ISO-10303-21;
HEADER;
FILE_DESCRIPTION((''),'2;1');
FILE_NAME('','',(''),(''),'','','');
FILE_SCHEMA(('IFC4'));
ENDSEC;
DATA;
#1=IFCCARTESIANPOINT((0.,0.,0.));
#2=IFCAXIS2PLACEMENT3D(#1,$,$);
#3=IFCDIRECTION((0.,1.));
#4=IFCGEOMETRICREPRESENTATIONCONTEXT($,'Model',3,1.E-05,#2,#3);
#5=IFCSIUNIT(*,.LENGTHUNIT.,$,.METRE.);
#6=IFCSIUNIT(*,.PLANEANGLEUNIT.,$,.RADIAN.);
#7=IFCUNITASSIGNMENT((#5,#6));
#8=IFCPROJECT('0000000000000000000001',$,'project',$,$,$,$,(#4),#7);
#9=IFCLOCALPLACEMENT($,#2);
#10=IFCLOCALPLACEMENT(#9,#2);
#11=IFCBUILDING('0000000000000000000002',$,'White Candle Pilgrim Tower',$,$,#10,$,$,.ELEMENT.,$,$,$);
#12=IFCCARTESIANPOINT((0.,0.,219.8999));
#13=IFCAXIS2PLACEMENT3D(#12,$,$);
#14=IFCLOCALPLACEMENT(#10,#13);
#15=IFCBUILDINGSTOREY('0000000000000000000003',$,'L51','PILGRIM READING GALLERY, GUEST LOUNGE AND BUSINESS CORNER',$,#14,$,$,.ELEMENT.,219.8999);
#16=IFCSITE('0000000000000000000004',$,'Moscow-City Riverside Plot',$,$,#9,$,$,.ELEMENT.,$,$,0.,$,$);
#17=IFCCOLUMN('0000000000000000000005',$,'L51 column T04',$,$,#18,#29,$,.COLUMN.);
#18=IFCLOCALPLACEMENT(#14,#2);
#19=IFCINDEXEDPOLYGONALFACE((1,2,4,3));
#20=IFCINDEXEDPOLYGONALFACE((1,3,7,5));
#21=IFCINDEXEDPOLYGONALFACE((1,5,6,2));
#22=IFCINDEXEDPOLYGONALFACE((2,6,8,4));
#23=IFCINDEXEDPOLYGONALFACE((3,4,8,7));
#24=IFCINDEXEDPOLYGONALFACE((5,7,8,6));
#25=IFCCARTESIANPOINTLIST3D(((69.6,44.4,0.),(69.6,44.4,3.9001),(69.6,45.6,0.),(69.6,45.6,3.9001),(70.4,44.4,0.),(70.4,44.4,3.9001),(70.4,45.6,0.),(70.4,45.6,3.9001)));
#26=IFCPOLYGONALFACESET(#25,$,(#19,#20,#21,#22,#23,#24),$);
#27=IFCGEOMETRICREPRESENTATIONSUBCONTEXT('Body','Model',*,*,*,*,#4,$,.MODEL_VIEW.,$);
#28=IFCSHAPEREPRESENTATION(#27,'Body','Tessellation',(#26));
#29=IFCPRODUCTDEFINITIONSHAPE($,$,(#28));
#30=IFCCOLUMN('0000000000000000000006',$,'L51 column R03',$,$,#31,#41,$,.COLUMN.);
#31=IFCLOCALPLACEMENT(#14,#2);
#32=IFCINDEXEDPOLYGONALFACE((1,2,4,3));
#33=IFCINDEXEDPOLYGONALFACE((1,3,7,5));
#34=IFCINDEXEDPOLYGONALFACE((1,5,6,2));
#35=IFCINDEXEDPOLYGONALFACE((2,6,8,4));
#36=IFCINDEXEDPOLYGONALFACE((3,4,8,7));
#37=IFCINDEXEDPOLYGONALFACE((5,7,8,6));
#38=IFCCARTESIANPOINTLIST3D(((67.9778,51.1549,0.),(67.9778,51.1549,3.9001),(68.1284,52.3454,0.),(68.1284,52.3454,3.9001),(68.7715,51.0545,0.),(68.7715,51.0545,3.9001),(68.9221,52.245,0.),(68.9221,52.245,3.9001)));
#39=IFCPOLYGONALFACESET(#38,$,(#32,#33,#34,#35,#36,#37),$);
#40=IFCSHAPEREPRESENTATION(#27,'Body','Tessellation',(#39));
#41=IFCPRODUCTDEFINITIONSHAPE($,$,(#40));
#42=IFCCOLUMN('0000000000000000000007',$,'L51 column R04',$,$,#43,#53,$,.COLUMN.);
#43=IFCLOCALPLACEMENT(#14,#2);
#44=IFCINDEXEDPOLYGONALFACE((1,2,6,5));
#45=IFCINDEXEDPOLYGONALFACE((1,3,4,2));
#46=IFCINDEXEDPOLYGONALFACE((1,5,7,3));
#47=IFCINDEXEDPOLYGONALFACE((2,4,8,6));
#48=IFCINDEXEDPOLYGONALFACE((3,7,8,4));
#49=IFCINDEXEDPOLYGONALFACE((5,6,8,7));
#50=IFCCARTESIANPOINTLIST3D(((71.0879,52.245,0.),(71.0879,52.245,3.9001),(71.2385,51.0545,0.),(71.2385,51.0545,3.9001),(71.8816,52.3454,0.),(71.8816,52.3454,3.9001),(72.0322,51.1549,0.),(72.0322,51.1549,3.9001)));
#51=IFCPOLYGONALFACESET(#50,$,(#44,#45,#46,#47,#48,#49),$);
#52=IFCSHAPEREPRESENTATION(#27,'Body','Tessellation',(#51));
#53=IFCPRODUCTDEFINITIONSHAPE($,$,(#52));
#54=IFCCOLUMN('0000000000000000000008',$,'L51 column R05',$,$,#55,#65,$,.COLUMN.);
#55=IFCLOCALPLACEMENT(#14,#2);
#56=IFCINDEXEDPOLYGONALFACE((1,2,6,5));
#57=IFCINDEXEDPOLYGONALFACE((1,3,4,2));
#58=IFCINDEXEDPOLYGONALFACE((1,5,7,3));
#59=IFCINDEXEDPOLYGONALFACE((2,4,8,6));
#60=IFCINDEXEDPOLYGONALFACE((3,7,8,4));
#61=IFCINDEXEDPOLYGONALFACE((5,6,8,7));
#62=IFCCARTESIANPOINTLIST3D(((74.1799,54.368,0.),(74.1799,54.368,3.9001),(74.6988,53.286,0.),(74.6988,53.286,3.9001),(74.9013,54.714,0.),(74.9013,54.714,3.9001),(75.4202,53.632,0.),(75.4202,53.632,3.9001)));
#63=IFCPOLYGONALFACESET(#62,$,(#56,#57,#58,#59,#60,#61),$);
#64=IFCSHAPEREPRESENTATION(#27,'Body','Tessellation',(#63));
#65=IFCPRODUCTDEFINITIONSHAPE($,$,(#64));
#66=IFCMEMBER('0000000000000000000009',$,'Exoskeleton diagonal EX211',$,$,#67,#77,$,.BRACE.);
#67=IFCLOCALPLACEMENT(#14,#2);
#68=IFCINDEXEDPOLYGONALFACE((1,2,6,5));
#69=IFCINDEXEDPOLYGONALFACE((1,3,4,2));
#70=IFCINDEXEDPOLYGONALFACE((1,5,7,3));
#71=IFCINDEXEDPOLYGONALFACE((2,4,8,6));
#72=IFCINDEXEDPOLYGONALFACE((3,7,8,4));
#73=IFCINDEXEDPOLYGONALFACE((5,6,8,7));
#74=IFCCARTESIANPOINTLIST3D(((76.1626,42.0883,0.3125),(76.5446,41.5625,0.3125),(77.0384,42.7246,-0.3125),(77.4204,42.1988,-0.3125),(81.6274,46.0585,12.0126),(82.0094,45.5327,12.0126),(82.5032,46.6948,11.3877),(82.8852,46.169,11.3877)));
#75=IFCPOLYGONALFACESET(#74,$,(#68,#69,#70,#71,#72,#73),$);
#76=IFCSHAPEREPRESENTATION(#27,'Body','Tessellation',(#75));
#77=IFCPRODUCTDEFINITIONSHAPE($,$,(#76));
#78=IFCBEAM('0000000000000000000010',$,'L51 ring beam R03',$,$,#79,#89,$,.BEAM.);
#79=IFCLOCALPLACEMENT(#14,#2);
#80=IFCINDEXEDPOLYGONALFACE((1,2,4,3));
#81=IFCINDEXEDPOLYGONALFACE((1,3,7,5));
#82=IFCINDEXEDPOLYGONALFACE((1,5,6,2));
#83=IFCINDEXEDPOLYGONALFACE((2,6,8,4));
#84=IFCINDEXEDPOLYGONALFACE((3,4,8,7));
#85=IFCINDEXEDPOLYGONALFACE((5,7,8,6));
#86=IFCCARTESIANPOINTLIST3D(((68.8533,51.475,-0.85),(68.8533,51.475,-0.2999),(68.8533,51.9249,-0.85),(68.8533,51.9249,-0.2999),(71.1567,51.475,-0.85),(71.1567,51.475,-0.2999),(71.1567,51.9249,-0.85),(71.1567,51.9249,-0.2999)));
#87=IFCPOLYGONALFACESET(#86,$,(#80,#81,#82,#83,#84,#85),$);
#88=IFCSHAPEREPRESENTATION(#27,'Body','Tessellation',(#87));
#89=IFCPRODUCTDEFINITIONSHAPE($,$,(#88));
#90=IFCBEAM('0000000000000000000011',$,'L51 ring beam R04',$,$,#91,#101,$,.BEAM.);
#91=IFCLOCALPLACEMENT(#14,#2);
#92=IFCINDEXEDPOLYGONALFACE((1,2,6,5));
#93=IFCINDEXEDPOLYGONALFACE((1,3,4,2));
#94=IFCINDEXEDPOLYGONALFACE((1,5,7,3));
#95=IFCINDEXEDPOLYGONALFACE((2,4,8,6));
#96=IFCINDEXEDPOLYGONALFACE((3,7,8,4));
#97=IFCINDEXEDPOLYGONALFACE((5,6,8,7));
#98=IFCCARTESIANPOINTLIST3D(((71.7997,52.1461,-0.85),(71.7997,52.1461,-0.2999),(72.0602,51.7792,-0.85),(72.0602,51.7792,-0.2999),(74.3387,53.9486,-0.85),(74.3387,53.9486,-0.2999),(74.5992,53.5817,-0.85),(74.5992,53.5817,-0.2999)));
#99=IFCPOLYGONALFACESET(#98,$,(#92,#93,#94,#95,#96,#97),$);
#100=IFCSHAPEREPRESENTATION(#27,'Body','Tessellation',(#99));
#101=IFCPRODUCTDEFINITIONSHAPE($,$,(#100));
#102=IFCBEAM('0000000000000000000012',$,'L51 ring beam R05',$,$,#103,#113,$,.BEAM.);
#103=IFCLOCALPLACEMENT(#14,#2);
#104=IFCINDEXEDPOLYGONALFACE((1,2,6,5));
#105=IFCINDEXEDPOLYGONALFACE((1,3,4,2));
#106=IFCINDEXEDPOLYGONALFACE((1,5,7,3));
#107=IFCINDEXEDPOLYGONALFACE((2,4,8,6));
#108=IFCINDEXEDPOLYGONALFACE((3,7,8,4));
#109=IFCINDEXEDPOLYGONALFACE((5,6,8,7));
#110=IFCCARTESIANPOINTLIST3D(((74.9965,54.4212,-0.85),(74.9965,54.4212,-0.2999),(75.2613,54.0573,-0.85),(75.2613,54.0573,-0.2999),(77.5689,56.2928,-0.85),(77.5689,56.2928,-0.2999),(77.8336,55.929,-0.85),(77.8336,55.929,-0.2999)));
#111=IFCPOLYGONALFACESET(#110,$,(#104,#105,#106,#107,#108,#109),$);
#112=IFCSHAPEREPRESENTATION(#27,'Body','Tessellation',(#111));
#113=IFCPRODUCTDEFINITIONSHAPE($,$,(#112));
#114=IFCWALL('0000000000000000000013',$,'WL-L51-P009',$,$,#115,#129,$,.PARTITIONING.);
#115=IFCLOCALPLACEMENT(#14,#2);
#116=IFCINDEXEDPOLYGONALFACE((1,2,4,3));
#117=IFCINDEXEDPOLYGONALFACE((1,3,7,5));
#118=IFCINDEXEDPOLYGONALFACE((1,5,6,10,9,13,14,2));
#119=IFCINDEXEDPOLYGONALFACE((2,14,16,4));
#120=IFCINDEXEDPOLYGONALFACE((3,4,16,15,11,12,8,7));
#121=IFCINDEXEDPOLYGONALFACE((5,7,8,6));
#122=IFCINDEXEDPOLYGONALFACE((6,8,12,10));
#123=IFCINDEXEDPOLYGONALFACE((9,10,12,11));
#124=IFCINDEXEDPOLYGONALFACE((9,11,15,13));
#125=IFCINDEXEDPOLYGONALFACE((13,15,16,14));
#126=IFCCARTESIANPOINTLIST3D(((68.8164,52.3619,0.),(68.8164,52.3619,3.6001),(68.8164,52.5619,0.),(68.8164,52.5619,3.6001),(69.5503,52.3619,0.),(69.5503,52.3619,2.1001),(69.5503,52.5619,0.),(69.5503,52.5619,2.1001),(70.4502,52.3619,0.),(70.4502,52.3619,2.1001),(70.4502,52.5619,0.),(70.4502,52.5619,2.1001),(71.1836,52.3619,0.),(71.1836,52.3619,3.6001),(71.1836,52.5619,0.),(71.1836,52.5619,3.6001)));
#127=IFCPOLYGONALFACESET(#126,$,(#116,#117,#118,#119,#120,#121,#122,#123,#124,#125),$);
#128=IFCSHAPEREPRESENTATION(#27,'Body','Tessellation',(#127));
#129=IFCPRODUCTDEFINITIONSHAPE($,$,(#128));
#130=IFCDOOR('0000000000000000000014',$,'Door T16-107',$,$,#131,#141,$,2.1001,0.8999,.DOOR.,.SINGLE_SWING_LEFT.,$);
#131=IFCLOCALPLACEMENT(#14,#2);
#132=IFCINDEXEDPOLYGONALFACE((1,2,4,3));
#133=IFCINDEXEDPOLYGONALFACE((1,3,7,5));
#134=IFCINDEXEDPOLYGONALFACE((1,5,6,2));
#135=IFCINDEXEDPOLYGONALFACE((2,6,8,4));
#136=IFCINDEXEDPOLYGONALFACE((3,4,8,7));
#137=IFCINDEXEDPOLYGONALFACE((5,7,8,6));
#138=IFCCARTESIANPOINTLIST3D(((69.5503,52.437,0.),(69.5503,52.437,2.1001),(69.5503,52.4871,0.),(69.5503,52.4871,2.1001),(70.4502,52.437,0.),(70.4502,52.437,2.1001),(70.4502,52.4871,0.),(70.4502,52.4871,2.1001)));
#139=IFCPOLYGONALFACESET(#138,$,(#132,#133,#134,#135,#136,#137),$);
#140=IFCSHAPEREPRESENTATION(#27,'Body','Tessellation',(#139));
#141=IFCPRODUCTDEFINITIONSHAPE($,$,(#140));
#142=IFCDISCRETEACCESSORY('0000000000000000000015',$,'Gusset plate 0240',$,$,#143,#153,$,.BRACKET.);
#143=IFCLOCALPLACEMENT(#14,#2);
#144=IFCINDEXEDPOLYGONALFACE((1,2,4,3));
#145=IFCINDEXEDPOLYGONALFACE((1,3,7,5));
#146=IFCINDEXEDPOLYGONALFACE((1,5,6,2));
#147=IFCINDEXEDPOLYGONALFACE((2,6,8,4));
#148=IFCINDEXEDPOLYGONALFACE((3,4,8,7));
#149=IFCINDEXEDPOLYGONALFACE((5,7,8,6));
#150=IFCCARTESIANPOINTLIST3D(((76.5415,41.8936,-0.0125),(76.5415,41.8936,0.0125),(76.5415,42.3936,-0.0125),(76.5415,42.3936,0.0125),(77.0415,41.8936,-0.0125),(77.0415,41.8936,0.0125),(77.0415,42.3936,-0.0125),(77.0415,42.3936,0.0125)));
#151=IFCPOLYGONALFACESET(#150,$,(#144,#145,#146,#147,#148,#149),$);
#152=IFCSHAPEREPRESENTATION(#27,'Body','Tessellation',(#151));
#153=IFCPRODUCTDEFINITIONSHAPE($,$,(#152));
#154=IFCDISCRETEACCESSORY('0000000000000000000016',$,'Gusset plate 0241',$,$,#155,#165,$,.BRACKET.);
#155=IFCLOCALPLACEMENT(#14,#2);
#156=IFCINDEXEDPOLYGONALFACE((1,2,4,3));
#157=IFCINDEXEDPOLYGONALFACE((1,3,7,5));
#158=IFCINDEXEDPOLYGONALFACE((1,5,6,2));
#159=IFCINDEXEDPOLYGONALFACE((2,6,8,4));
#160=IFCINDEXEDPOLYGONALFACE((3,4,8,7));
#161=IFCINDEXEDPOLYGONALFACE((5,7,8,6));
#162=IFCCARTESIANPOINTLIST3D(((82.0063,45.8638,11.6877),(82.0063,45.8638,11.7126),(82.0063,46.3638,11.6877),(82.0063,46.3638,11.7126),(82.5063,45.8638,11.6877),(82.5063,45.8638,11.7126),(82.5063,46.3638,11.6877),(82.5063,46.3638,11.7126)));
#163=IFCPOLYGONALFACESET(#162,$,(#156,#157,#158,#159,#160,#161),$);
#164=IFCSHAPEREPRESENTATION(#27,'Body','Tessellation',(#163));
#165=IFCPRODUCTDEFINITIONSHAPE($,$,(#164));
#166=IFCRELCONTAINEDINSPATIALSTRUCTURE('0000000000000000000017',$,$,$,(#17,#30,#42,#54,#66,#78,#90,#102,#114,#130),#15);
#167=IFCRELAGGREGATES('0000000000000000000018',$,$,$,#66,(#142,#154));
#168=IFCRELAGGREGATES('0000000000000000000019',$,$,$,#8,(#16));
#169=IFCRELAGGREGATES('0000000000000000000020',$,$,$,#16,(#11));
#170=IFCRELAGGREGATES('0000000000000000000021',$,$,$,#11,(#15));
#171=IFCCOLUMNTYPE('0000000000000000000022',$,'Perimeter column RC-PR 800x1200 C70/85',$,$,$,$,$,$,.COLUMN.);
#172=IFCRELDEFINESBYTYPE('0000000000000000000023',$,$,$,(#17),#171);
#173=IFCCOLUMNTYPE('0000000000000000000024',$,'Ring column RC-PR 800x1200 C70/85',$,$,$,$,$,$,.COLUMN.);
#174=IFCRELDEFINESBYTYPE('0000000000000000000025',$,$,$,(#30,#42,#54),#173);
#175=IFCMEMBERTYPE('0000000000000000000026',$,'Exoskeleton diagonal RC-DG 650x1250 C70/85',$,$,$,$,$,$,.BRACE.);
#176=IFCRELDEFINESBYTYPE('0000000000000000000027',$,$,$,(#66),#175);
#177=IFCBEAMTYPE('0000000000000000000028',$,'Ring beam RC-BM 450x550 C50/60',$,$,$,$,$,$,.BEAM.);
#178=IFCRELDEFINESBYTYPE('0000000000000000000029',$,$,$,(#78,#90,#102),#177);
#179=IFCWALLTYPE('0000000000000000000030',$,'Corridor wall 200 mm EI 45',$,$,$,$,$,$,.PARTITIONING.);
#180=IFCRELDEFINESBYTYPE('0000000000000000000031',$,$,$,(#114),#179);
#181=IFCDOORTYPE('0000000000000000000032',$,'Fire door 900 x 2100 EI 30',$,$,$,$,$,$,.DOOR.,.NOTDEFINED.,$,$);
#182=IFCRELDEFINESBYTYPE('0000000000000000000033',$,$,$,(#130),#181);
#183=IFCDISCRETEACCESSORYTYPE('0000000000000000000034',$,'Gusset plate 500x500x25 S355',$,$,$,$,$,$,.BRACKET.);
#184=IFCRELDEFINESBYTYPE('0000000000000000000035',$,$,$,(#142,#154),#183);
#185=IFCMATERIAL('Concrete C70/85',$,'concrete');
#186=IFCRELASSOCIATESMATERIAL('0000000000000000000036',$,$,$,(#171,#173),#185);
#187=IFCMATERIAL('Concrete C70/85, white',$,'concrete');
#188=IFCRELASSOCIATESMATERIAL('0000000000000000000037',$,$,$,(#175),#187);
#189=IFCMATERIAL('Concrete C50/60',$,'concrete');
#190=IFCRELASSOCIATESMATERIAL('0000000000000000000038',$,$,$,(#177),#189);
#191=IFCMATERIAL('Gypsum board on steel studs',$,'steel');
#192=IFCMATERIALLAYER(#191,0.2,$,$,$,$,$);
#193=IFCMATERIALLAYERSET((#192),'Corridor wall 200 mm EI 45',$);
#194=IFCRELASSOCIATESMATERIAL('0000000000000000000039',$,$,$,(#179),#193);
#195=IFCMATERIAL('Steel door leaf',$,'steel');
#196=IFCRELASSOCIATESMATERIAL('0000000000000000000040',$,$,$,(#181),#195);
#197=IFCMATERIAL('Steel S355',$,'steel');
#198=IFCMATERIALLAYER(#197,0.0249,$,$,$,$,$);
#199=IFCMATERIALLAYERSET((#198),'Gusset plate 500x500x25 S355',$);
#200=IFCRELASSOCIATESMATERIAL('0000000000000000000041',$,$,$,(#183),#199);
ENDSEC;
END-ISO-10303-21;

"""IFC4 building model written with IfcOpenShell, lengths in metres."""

from ifc_helpers import new_model, si_unit, direction, frame, frame_2d, origin, origin_2d, place, context, subcontext, project, spatial, rectangle, extrude, material, layer, layer_set, material_profile, profile_set, type_object, element, fill, aggregate, save


model = new_model("IFC4")

# Units and contexts
model_context = context("Model", 3, precision=1e-05, world=origin(), true_north=direction((0.0, 1.0)))
body_context = subcontext(model_context, "Body", "Model", "MODEL_VIEW")
ifc_project = project(units=[si_unit("LENGTHUNIT", "METRE"), si_unit("PLANEANGLEUNIT", "RADIAN")], contexts=[model_context])

# Site, building, storey
site_placement = place(None, origin())
site = spatial("IfcSite", under=ifc_project, at=site_placement, Name="Moscow-City Riverside Plot", CompositionType="ELEMENT", RefElevation=0.0)
building_placement = place(site_placement, origin())
building = spatial("IfcBuilding", under=site, at=building_placement, Name="White Candle Pilgrim Tower", CompositionType="ELEMENT")
storey_placement = place(building_placement, frame((0.0, 0.0, 219.8999)))
storey = spatial("IfcBuildingStorey", under=building, at=storey_placement, Name="L51", Description="PILGRIM READING GALLERY, GUEST LOUNGE AND BUSINESS CORNER", CompositionType="ELEMENT", Elevation=219.8999)

# Columns
ifc_material_1 = material(Name="Concrete C70/85", Category="concrete")
ifc_material_profile_1 = material_profile(ifc_material_1, rectangle(XDim=0.8, YDim=1.2, at=origin_2d()), Name="RC-PR 800x1200")
ifc_profile_set_1 = profile_set([ifc_material_profile_1], Name="Concrete C70/85")
column_type_1 = type_object("IfcColumnType", Name="Perimeter column RC-PR 800x1200 C70/85", PredefinedType="COLUMN", material=ifc_profile_set_1)
column_placement = place(storey_placement, frame((70.0, 45.0, 0.0), z_axis=(0.0, 0.0, 1.0), x_axis=(-1.0, 0.0, 0.0)))
element("IfcColumn", 1, at=column_placement, inside=storey, type_object=column_type_1, Name="L51 column T04", PredefinedType="COLUMN", context=body_context, shape_type="SweptSolid", body=[
    extrude(rectangle(XDim=0.8, YDim=1.2, at=origin_2d()), origin(), (0.0, 0.0, 1.0), 3.9001),
])
ifc_material_profile_2 = material_profile(ifc_material_1, rectangle(XDim=0.8, YDim=1.2, at=origin_2d()), Name="RC-PR 800x1200")
ifc_profile_set_2 = profile_set([ifc_material_profile_2], Name="Concrete C70/85")
column_type_2 = type_object("IfcColumnType", Name="Ring column RC-PR 800x1200 C70/85", PredefinedType="COLUMN", material=ifc_profile_set_2)
for number, where, z_axis, x_axis, name in (
    (2, (68.45, 51.7, 0.0), (0.0, 0.0, 1.0), (-0.992093, 0.125506, 0.0), "L51 column R03"),
    (3, (71.5601, 51.7, 0.0), (0.0, 0.0, 1.0), (-0.992093, -0.125506, 0.0), "L51 column R04"),
    (4, (74.8, 54.0, 0.0), (0.0, 0.0, 1.0), (-0.901689, -0.432385, 0.0), "L51 column R05"),
):
    element("IfcColumn", number, at=place(storey_placement, frame(where, z_axis=z_axis, x_axis=x_axis)), inside=storey, type_object=column_type_2, Name=name, PredefinedType="COLUMN", context=body_context, shape_type="SweptSolid", body=[
        extrude(rectangle(XDim=0.8, YDim=1.2, at=origin_2d()), origin(), (0.0, 0.0, 1.0), 3.9001),
    ])

# Member
ifc_material_2 = material(Name="Concrete C70/85, white", Category="concrete")
ifc_material_profile_3 = material_profile(ifc_material_2, rectangle(XDim=0.6499, YDim=1.25, at=origin_2d()), Name="RC-DG 650x1250")
ifc_profile_set_3 = profile_set([ifc_material_profile_3], Name="Concrete C70/85, white")
member_type = type_object("IfcMemberType", Name="Exoskeleton diagonal RC-DG 650x1250 C70/85", PredefinedType="BRACE", material=ifc_profile_set_3)
member_placement = place(storey_placement, frame((76.7915, 42.1436, 0.0), z_axis=(0.404502, 0.293871, 0.866036), x_axis=(-0.587763, 0.809033, 0.0)))
member = element("IfcMember", 5, at=member_placement, inside=storey, type_object=member_type, Name="Exoskeleton diagonal EX211", PredefinedType="BRACE", context=body_context, shape_type="SweptSolid", body=[
    extrude(rectangle(XDim=0.6499, YDim=1.25, at=origin_2d()), origin(), (0.0, 0.0, 1.0), 13.51),
])

# Beams
ifc_material_3 = material(Name="Concrete C50/60", Category="concrete")
ifc_material_profile_4 = material_profile(ifc_material_3, rectangle(XDim=0.45, YDim=0.55, at=origin_2d()), Name="RC-BM 450x550")
ifc_profile_set_4 = profile_set([ifc_material_profile_4], Name="Concrete C50/60")
beam_type = type_object("IfcBeamType", Name="Ring beam RC-BM 450x550 C50/60", PredefinedType="BEAM", material=ifc_profile_set_4)
beam_1_placement = place(storey_placement, frame((68.8533, 51.7, -0.575), z_axis=(1.0, 0.0, 0.0), x_axis=(0.0, 1.0, 0.0)))
element("IfcBeam", 6, at=beam_1_placement, inside=storey, type_object=beam_type, Name="L51 ring beam R03", PredefinedType="BEAM", context=body_context, shape_type="SweptSolid", body=[
    extrude(rectangle(XDim=0.45, YDim=0.55, at=origin_2d()), origin(), (0.0, 0.0, 1.0), 2.3035),
])
beam_2_placement = place(storey_placement, frame((71.9299, 51.9626, -0.575), z_axis=(0.81542, 0.57887, 0.0), x_axis=(-0.57887, 0.81542, 0.0)))
element("IfcBeam", 7, at=beam_2_placement, inside=storey, type_object=beam_type, Name="L51 ring beam R04", PredefinedType="BEAM", context=body_context, shape_type="SweptSolid", body=[
    extrude(rectangle(XDim=0.45, YDim=0.55, at=origin_2d()), origin(), (0.0, 0.0, 1.0), 3.1138),
])
beam_3_placement = place(storey_placement, frame((75.1289, 54.2393, -0.575), z_axis=(0.80861, 0.588345, 0.0), x_axis=(-0.588345, 0.80861, 0.0)))
element("IfcBeam", 8, at=beam_3_placement, inside=storey, type_object=beam_type, Name="L51 ring beam R05", PredefinedType="BEAM", context=body_context, shape_type="SweptSolid", body=[
    extrude(rectangle(XDim=0.45, YDim=0.55, at=origin_2d()), origin(), (0.0, 0.0, 1.0), 3.1812),
])

# Wall, opening, door
ifc_material_4 = material(Name="Gypsum board on steel studs", Category="steel")
ifc_layer_1 = layer(ifc_material_4, 0.2)
ifc_layer_set_1 = layer_set([ifc_layer_1], Name="Corridor wall 200 mm EI 45")
wall_type_1 = type_object("IfcWallType", Name="Corridor wall 200 mm EI 45", PredefinedType="PARTITIONING", material=ifc_layer_set_1)
wall_1_placement = place(storey_placement, frame((71.1836, 52.4619, 0.0), z_axis=(0.0, 0.0, 1.0), x_axis=(-1.0, 0.0, 0.0)))
wall_1 = element("IfcWall", 9, at=wall_1_placement, inside=storey, type_object=wall_type_1, Name="WL-L51-P009", PredefinedType="PARTITIONING", context=body_context, shape_type="SweptSolid", body=[
    extrude(rectangle(XDim=2.3672, YDim=0.2, at=frame_2d((1.1836, 0.0))), origin(), (0.0, 0.0, 1.0), 3.6001),
])
opening_1_placement = place(wall_1_placement, frame((0.7334, 0.0, 0.0)))
opening_1 = element("IfcOpeningElement", 10, at=opening_1_placement, cuts=wall_1, PredefinedType="OPENING", context=body_context, shape_type="SweptSolid", body=[
    extrude(rectangle(XDim=0.8999, YDim=2.1001, at=frame_2d((0.45, 1.05))), frame((0.0, 0.1099, 0.0), z_axis=(0.0, -1.0, 0.0), x_axis=(1.0, 0.0, 0.0)), (0.0, 0.0, 1.0), 0.22),
])
ifc_material_5 = material(Name="Steel door leaf", Category="steel")
door_type = type_object("IfcDoorType", Name="Fire door 900 x 2100 EI 30", OperationType="NOTDEFINED", PredefinedType="DOOR", material=ifc_material_5)
door_1_placement = place(opening_1_placement, origin())
door_1 = element("IfcDoor", 11, at=door_1_placement, inside=storey, type_object=door_type, Name="Door T16-107", OperationType="SINGLE_SWING_LEFT", OverallHeight=2.1001, OverallWidth=0.8999, PredefinedType="DOOR", context=body_context, shape_type="SweptSolid", body=[
    extrude(rectangle(XDim=0.8999, YDim=2.1001, at=frame_2d((0.45, 1.05))), frame((0.0, 0.0249, 0.0), z_axis=(0.0, -1.0, 0.0), x_axis=(1.0, 0.0, 0.0)), (0.0, 0.0, 1.0), 0.05),
])
fill(opening_1, door_1)

# Discrete accessories
ifc_material_6 = material(Name="Steel S355", Category="steel")
ifc_layer_2 = layer(ifc_material_6, 0.0249)
ifc_layer_set_2 = layer_set([ifc_layer_2], Name="Gusset plate 500x500x25 S355")
discrete_accessory_type = type_object("IfcDiscreteAccessoryType", Name="Gusset plate 500x500x25 S355", PredefinedType="BRACKET", material=ifc_layer_set_2)
discrete_accessory_1_placement = place(storey_placement, frame((76.7915, 42.1436, -0.0125), z_axis=(0.0, 0.0, 1.0), x_axis=(1.0, 0.0, 0.0)))
discrete_accessory_1 = element("IfcDiscreteAccessory", 12, at=discrete_accessory_1_placement, type_object=discrete_accessory_type, Name="Gusset plate 0240", PredefinedType="BRACKET", context=body_context, shape_type="SweptSolid", body=[
    extrude(rectangle(XDim=0.5, YDim=0.5, at=origin_2d()), origin(), (0.0, 0.0, 1.0), 0.0249),
])
placement = place(building_placement, frame((0.0, 0.0, 231.6001)))
discrete_accessory_2_placement = place(placement, frame((82.2563, 46.1138, -0.0125), z_axis=(0.0, 0.0, 1.0), x_axis=(1.0, 0.0, 0.0)))
discrete_accessory_2 = element("IfcDiscreteAccessory", 13, at=discrete_accessory_2_placement, type_object=discrete_accessory_type, Name="Gusset plate 0241", PredefinedType="BRACKET", context=body_context, shape_type="SweptSolid", body=[
    extrude(rectangle(XDim=0.5, YDim=0.5, at=origin_2d()), origin(), (0.0, 0.0, 1.0), 0.0249),
])
aggregate(member, [discrete_accessory_1, discrete_accessory_2])

save(model, "model.ifc")
